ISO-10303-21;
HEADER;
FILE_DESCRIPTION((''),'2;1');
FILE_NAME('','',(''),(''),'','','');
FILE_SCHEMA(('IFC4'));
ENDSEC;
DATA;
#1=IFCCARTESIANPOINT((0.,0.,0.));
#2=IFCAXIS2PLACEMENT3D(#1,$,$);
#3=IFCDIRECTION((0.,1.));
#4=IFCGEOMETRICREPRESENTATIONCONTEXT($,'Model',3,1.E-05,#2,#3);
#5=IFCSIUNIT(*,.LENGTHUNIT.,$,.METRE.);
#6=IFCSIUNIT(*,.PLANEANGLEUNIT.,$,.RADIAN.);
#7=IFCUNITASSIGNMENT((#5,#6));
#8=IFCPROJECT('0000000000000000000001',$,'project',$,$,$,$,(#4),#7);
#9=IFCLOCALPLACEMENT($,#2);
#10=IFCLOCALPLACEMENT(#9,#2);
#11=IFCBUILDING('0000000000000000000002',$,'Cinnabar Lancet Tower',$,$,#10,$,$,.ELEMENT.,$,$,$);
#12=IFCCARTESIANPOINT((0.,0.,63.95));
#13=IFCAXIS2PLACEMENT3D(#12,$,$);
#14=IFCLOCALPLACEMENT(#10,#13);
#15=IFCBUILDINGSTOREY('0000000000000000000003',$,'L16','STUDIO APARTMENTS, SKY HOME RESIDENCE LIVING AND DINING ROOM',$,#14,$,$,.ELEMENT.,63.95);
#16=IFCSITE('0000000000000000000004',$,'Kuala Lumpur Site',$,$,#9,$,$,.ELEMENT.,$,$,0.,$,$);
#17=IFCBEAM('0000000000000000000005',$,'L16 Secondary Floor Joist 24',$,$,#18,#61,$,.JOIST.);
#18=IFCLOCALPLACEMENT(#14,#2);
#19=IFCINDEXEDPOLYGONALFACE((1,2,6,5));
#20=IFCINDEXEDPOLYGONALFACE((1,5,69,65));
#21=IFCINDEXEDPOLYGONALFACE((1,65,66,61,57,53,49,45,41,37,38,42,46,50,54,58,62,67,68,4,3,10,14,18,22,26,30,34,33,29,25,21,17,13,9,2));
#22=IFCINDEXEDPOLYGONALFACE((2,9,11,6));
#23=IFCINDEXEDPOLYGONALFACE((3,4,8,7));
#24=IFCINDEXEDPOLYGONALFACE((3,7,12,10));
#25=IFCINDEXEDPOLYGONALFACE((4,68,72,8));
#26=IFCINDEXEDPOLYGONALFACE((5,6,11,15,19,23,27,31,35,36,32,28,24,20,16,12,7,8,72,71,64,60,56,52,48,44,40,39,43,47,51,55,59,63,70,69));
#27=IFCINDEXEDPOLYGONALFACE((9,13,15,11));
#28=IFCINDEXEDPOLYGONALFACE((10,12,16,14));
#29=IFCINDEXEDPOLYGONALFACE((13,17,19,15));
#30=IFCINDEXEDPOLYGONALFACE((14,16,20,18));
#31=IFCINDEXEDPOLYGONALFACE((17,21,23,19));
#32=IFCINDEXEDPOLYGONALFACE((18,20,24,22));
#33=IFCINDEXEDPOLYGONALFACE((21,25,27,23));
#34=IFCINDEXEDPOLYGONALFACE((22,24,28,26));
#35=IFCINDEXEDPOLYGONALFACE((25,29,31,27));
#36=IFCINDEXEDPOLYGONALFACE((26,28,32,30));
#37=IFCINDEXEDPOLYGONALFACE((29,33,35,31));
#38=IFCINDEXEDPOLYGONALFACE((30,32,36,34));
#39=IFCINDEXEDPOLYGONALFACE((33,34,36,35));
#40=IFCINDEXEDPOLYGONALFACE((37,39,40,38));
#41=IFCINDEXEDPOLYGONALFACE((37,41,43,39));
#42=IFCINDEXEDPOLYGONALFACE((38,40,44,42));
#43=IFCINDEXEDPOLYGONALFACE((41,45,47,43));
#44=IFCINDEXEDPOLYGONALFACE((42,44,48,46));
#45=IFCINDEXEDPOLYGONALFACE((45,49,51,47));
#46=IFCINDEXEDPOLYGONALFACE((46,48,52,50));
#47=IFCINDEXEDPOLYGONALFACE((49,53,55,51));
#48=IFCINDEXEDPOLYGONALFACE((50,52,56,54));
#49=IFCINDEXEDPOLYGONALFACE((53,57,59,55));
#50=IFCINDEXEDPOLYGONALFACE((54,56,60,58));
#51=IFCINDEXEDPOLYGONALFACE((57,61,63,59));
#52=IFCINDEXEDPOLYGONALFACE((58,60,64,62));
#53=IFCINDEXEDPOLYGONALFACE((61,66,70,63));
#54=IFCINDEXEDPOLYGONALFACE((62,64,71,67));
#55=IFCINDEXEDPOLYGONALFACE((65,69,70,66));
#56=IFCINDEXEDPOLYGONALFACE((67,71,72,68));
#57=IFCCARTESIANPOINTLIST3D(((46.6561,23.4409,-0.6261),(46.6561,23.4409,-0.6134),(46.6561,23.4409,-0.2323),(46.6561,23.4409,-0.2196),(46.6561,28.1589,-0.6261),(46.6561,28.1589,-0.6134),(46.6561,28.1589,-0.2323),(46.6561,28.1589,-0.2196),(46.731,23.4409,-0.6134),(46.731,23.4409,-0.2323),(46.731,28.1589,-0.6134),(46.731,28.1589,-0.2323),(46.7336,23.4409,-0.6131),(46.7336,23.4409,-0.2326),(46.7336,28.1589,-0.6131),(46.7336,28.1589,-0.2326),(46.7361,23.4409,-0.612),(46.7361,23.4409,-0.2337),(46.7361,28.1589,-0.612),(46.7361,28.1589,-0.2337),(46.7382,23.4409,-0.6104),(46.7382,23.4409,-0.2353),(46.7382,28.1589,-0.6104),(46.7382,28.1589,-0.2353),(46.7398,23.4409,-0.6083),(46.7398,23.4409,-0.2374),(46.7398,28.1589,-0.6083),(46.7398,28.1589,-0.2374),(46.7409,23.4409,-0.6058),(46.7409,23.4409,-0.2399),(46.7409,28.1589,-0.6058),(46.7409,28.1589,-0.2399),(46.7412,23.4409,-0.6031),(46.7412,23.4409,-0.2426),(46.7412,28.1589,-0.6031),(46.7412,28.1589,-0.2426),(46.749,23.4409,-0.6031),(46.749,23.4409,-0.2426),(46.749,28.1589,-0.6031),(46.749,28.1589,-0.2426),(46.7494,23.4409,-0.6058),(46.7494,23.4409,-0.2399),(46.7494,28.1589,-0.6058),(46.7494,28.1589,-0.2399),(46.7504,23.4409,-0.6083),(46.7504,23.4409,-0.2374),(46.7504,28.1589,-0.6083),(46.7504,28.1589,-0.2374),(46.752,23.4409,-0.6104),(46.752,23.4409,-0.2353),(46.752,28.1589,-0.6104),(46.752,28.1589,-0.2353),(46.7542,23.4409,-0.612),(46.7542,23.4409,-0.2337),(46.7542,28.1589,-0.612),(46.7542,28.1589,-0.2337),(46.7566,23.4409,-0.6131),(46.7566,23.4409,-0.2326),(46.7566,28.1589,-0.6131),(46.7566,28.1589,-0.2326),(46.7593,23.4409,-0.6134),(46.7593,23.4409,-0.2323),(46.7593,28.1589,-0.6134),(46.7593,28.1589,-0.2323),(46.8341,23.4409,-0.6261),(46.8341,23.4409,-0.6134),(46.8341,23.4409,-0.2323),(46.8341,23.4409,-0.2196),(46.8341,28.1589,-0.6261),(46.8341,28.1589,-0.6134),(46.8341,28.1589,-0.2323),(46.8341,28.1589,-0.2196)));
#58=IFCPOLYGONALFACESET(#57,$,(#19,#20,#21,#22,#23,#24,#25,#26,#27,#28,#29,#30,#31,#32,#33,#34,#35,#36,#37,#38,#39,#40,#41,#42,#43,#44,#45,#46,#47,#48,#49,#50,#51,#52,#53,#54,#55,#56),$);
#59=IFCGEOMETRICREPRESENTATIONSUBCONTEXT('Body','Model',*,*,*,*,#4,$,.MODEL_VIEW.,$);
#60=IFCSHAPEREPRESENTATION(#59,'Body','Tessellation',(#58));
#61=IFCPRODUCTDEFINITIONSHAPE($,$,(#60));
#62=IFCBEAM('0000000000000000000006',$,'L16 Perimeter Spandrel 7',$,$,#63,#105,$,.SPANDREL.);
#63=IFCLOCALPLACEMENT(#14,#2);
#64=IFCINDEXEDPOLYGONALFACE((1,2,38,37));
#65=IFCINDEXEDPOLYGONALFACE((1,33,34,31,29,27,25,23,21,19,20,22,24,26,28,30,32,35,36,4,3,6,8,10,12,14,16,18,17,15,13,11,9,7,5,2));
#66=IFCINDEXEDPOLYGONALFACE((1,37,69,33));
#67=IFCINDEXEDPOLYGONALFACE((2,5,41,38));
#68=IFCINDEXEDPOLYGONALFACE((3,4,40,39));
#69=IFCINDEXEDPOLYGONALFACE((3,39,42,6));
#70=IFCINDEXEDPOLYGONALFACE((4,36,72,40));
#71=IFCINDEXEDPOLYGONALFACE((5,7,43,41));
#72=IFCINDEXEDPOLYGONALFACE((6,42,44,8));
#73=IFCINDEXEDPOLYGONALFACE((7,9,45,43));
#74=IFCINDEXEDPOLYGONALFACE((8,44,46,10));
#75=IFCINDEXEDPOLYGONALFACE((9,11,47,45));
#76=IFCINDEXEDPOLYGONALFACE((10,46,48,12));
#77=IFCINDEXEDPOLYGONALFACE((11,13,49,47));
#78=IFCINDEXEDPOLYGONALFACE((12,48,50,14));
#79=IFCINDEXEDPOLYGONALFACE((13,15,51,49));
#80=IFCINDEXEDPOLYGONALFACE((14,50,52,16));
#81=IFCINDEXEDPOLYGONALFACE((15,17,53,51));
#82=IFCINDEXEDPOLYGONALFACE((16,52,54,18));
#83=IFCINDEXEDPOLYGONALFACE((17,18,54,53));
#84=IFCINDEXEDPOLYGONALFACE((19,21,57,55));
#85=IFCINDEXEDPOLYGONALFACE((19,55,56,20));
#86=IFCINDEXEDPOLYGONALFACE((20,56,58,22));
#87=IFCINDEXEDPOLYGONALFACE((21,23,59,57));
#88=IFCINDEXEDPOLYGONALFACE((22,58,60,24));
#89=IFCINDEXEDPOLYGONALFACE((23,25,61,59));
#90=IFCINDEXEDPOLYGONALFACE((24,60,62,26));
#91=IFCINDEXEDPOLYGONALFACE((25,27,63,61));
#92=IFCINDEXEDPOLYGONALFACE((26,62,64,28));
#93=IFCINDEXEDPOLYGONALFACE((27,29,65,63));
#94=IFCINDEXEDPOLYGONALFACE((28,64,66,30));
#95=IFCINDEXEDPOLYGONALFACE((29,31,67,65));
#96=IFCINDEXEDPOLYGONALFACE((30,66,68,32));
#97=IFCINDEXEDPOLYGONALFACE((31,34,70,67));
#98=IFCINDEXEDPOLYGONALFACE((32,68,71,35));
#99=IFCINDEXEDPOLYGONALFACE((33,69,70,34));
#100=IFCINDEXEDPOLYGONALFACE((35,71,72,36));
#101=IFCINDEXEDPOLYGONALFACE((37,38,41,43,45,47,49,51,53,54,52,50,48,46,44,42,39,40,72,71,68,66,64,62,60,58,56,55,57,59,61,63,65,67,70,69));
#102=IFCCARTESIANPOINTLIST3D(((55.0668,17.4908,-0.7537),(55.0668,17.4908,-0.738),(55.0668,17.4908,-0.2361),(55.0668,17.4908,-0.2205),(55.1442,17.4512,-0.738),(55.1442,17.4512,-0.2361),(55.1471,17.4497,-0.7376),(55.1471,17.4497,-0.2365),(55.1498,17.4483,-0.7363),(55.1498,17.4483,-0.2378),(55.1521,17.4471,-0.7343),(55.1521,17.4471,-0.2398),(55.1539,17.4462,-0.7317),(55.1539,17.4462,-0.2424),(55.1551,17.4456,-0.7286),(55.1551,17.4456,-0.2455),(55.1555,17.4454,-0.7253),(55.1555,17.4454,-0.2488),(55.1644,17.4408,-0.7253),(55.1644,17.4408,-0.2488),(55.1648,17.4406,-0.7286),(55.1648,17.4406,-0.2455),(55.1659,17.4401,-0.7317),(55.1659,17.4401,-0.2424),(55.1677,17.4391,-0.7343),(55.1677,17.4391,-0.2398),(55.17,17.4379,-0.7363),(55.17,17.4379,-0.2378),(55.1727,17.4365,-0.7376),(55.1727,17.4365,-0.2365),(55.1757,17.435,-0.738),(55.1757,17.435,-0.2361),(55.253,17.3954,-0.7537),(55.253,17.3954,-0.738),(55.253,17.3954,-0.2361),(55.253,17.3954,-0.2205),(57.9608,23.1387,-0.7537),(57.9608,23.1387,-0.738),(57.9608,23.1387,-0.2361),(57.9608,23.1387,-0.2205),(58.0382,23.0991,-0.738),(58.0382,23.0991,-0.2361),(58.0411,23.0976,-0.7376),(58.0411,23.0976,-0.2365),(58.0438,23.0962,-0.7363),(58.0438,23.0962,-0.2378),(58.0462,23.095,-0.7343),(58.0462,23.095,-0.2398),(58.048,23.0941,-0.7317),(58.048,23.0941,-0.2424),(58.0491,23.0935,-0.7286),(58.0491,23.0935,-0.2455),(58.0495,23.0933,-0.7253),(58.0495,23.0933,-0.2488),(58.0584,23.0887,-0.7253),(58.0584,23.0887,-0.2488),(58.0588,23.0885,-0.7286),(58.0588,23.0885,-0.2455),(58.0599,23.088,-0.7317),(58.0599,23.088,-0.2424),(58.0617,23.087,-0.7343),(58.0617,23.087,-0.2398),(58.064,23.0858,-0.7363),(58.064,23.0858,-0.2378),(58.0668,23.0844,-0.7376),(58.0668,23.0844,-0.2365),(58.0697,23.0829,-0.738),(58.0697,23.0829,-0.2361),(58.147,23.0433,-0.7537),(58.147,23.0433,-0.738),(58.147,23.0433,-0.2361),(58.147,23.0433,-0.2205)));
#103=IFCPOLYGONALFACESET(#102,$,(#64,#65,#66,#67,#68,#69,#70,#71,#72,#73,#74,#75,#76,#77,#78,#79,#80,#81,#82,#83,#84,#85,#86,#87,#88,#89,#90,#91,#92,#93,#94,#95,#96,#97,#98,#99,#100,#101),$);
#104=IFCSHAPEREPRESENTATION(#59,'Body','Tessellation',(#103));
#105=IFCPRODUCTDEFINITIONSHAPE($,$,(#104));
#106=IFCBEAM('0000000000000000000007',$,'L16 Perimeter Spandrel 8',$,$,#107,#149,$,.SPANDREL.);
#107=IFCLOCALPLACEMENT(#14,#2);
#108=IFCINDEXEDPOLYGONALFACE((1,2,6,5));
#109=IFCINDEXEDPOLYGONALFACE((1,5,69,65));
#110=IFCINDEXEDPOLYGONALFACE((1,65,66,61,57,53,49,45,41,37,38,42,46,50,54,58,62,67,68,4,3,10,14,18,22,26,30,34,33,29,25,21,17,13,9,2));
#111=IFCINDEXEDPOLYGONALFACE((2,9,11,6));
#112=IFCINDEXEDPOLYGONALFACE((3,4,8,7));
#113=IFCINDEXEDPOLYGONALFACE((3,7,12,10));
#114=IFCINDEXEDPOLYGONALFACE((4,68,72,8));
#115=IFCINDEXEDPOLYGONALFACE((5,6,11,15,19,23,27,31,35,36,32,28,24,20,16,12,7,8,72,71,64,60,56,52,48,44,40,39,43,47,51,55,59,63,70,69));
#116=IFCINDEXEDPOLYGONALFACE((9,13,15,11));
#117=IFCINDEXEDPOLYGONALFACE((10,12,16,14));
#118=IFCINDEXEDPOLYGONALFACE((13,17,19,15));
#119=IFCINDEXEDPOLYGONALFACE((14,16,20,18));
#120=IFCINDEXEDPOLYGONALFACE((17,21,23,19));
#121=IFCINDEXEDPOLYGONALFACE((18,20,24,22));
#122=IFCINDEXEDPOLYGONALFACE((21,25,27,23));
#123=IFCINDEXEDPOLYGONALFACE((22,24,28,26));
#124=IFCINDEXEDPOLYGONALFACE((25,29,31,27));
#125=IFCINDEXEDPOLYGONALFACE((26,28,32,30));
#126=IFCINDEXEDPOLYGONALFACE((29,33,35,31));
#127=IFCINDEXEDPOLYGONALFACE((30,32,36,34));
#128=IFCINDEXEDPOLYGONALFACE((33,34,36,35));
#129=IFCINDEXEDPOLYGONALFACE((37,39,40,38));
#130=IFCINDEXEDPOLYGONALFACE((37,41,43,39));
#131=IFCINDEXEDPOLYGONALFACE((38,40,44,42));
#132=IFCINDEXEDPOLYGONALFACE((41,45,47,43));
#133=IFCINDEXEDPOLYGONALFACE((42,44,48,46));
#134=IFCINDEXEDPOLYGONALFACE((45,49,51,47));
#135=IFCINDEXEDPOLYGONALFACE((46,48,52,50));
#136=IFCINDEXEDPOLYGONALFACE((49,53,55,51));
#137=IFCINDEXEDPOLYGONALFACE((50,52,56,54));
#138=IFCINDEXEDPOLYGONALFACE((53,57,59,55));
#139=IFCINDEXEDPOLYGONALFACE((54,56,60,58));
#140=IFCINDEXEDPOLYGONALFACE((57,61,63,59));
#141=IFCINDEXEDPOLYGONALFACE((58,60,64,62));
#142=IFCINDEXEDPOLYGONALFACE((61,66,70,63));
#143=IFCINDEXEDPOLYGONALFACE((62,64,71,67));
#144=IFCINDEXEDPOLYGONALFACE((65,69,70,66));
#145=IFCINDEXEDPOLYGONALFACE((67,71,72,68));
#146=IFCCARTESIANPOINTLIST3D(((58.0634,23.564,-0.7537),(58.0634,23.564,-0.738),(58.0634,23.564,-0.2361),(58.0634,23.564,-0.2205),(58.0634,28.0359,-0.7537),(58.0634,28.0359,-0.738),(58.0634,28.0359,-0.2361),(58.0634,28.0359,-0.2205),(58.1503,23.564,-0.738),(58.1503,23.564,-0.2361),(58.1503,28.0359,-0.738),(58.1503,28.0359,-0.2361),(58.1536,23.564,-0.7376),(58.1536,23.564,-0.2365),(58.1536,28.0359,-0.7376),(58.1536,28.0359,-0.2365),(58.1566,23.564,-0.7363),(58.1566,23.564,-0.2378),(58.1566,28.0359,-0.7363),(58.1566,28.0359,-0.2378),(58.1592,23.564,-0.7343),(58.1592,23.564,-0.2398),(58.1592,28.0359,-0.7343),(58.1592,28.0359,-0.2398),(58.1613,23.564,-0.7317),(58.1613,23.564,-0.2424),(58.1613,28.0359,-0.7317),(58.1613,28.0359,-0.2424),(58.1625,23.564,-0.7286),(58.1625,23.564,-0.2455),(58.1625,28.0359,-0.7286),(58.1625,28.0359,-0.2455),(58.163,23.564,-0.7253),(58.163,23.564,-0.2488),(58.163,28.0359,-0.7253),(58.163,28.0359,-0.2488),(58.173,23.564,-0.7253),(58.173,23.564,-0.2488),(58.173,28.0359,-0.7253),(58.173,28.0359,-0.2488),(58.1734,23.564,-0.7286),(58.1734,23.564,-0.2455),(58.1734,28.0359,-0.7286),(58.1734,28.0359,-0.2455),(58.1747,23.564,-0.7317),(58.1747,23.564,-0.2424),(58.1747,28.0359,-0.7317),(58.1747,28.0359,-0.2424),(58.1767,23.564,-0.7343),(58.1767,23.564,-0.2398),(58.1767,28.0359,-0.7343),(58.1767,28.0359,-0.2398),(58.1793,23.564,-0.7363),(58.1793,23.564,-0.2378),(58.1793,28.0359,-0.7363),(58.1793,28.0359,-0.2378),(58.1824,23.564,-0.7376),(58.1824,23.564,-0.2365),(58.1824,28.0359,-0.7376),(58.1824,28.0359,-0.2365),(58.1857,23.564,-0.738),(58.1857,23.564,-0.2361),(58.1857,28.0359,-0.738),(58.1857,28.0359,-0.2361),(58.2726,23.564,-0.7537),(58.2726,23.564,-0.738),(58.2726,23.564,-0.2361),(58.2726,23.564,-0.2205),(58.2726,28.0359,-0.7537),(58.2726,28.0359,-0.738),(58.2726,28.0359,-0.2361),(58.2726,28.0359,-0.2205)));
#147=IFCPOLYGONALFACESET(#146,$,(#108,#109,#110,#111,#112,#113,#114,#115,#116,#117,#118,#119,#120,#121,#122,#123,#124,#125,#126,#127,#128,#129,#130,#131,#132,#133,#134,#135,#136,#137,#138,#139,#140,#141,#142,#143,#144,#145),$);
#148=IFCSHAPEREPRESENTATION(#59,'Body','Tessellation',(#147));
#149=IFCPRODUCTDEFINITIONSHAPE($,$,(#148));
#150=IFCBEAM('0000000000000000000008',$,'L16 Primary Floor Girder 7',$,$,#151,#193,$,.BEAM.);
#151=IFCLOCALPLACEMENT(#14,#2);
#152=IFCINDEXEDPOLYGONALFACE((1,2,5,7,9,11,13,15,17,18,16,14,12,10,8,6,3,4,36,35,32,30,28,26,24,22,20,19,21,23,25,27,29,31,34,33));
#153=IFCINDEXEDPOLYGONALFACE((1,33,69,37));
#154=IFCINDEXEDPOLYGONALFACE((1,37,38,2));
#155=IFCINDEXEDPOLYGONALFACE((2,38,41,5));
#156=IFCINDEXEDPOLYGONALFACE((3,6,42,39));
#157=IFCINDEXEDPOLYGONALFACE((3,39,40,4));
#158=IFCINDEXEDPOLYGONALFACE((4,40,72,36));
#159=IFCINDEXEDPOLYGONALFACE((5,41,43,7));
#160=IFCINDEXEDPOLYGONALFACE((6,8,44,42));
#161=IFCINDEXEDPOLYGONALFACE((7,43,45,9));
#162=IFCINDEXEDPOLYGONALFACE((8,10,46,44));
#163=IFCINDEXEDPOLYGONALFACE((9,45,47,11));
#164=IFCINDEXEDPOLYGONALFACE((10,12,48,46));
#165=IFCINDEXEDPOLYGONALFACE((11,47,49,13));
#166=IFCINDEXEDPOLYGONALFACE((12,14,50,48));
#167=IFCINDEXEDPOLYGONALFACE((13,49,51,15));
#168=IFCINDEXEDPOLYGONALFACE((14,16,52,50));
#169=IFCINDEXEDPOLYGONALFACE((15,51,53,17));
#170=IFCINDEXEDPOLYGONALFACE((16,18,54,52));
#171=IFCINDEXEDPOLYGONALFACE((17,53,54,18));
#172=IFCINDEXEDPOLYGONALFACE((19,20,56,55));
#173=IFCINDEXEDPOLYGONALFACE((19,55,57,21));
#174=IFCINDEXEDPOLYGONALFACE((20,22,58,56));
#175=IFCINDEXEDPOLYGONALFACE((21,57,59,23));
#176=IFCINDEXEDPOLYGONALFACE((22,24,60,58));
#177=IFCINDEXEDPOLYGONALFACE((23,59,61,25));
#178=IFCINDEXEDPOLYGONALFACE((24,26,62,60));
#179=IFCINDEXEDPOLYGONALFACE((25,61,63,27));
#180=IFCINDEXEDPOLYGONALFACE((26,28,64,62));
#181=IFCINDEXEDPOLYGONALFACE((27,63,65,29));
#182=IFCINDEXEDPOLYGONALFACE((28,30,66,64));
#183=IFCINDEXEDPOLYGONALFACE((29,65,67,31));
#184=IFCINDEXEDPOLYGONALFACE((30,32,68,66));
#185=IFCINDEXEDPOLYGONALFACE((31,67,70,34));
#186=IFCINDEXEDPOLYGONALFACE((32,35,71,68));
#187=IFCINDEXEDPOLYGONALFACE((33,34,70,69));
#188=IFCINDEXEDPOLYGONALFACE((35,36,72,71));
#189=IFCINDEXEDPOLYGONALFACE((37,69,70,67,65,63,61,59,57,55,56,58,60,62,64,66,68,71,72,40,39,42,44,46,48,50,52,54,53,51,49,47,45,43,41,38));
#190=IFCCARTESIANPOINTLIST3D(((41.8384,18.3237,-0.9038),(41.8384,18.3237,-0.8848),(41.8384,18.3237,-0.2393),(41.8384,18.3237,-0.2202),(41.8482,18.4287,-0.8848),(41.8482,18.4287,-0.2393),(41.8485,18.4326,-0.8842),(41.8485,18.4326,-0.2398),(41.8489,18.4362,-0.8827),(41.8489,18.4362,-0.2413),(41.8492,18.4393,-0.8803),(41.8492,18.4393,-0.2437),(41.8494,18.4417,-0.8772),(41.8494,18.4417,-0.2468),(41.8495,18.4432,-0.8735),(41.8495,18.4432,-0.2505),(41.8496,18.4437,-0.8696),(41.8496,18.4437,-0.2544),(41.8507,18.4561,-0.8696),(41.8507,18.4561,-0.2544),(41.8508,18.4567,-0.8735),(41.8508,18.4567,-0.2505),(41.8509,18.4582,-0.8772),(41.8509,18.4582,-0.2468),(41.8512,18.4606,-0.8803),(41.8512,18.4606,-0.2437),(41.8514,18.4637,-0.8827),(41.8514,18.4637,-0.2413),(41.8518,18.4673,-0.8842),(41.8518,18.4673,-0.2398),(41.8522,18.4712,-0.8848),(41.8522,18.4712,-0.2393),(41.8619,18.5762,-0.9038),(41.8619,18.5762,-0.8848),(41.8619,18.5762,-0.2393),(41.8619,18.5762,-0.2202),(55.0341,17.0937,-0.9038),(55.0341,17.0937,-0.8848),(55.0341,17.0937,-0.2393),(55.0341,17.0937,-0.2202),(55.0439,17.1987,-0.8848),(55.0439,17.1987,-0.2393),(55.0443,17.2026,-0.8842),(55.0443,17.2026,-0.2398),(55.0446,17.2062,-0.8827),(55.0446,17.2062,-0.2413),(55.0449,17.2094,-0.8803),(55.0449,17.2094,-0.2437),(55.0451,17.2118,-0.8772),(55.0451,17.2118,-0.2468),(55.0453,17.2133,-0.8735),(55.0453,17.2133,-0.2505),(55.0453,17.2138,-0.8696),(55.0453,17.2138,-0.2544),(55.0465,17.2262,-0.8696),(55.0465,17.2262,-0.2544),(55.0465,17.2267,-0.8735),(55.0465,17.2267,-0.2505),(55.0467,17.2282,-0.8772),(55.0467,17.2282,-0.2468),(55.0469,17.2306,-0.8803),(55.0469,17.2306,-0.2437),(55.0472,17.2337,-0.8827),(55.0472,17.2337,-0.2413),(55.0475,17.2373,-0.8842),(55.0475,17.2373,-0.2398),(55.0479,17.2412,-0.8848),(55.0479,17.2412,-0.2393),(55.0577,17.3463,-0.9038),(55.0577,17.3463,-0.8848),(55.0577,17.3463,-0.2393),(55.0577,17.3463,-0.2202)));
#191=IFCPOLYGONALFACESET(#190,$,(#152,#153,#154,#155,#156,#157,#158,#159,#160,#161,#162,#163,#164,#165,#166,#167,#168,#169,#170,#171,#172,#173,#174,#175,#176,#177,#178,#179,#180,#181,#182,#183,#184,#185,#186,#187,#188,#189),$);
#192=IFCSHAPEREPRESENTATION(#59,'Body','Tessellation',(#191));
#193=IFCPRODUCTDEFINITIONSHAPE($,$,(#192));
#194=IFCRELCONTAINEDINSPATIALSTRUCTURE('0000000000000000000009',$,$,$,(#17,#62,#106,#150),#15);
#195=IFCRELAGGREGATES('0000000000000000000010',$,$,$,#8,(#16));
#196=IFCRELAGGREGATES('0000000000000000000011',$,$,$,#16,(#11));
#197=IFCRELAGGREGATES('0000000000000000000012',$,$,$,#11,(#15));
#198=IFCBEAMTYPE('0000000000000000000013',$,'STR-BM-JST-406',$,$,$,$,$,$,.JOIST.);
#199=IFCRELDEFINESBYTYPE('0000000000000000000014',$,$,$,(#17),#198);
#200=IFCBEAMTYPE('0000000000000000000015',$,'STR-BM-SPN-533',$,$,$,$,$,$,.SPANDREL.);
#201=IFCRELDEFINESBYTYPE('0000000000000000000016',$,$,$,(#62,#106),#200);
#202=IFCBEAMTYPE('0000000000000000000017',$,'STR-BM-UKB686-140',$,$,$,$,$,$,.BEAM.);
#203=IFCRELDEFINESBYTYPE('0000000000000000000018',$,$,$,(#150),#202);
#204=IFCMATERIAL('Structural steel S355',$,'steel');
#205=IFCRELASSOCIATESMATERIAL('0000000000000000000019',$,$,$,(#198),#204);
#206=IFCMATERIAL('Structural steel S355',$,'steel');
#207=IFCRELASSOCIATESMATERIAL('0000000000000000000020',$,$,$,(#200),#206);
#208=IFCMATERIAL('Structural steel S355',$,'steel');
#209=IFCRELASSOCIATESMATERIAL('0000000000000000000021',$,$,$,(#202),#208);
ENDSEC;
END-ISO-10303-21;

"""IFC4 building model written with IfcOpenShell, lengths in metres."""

from ifc_helpers import new_model, si_unit, direction, frame, origin, origin_2d, place, context, subcontext, project, spatial, i_section, extrude, material, material_profile, profile_set, type_object, element, save


model = new_model("IFC4")

# Units and contexts
model_context = context("Model", 3, precision=1e-05, world=origin(), true_north=direction((0.0, 1.0)))
body_context = subcontext(model_context, "Body", "Model", "MODEL_VIEW")
ifc_project = project(units=[si_unit("LENGTHUNIT", "METRE"), si_unit("PLANEANGLEUNIT", "RADIAN")], contexts=[model_context])

# Site, building, storey
site_placement = place(None, origin())
site = spatial("IfcSite", under=ifc_project, at=site_placement, Name="Kuala Lumpur Site", CompositionType="ELEMENT", RefElevation=0.0)
building_placement = place(site_placement, origin())
building = spatial("IfcBuilding", under=site, at=building_placement, Name="Cinnabar Lancet Tower", CompositionType="ELEMENT")
storey_placement = place(building_placement, frame((0.0, 0.0, 63.95)))
storey = spatial("IfcBuildingStorey", under=building, at=storey_placement, Name="L16", Description="STUDIO APARTMENTS, SKY HOME RESIDENCE LIVING AND DINING ROOM", CompositionType="ELEMENT", Elevation=63.95)

# Beams
ifc_material_1 = material(Name="Structural steel S355", Category="steel")
ifc_material_profile_1 = material_profile(ifc_material_1, i_section(OverallWidth=0.178, OverallDepth=0.4065, WebThickness=0.0078, FlangeThickness=0.0127, FilletRadius=0.0103, at=origin_2d()), Name="UKB 406x178x60")
ifc_profile_set_1 = profile_set([ifc_material_profile_1], Name="Structural steel S355")
beam_type_1 = type_object("IfcBeamType", Name="STR-BM-JST-406", PredefinedType="JOIST", material=ifc_profile_set_1)
for number, where, z_axis, x_axis, name in (
    (1, (46.7451, 23.4409, -0.4229), (0.0, 1.0, 0.0), (-1.0, 0.0, 0.0), "L16 Secondary Floor Joist 24"),
):
    element("IfcBeam", number, at=place(storey_placement, frame(where, z_axis=z_axis, x_axis=x_axis)), inside=storey, type_object=beam_type_1, Name=name, PredefinedType="JOIST", context=body_context, shape_type="SweptSolid", body=[
        extrude(i_section(OverallWidth=0.178, OverallDepth=0.4065, WebThickness=0.0078, FlangeThickness=0.0127, FilletRadius=0.0103, at=origin_2d()), origin(), (0.0, 0.0, 1.0), 4.718),
    ])
ifc_material_2 = material(Name="Structural steel S355", Category="steel")
ifc_material_profile_2 = material_profile(ifc_material_2, i_section(OverallWidth=0.2092, OverallDepth=0.5332, WebThickness=0.01, FlangeThickness=0.0156, FilletRadius=0.0127, at=origin_2d()), Name="UKB 533x210x92")
ifc_profile_set_2 = profile_set([ifc_material_profile_2], Name="Structural steel S355")
beam_type_2 = type_object("IfcBeamType", Name="STR-BM-SPN-533", PredefinedType="SPANDREL", material=ifc_profile_set_2)
beam_1_placement = place(storey_placement, frame((55.1599, 17.4431, -0.4871), z_axis=(0.456025, 0.889967, 0.0), x_axis=(-0.889967, 0.456025, 0.0)))
element("IfcBeam", 2, at=beam_1_placement, inside=storey, type_object=beam_type_2, Name="L16 Perimeter Spandrel 7", PredefinedType="SPANDREL", context=body_context, shape_type="SweptSolid", body=[
    extrude(i_section(OverallWidth=0.2092, OverallDepth=0.5332, WebThickness=0.01, FlangeThickness=0.0156, FilletRadius=0.0127, at=origin_2d()), origin(), (0.0, 0.0, 1.0), 6.3462),
])
beam_2_placement = place(storey_placement, frame((58.168, 23.564, -0.4871), z_axis=(0.0, 1.0, 0.0), x_axis=(-1.0, 0.0, 0.0)))
element("IfcBeam", 3, at=beam_2_placement, inside=storey, type_object=beam_type_2, Name="L16 Perimeter Spandrel 8", PredefinedType="SPANDREL", context=body_context, shape_type="SweptSolid", body=[
    extrude(i_section(OverallWidth=0.2092, OverallDepth=0.5332, WebThickness=0.01, FlangeThickness=0.0156, FilletRadius=0.0127, at=origin_2d()), origin(), (0.0, 0.0, 1.0), 4.4719),
])
ifc_material_3 = material(Name="Structural steel S355", Category="steel")
ifc_material_profile_3 = material_profile(ifc_material_3, i_section(OverallWidth=0.2537, OverallDepth=0.6836, WebThickness=0.0125, FlangeThickness=0.019, FilletRadius=0.0151, at=origin_2d()), Name="UKB 686x254x140")
ifc_profile_set_3 = profile_set([ifc_material_profile_3], Name="Structural steel S355")
beam_type_3 = type_object("IfcBeamType", Name="STR-BM-UKB686-140", PredefinedType="BEAM", material=ifc_profile_set_3)
beam_3_placement = place(storey_placement, frame((55.0459, 17.22, -0.562), z_axis=(-0.995684, 0.092808, 0.0), x_axis=(-0.092808, -0.995684, 0.0)))
element("IfcBeam", 4, at=beam_3_placement, inside=storey, type_object=beam_type_3, Name="L16 Primary Floor Girder 7", PredefinedType="BEAM", context=body_context, shape_type="SweptSolid", body=[
    extrude(i_section(OverallWidth=0.2537, OverallDepth=0.6836, WebThickness=0.0125, FlangeThickness=0.019, FilletRadius=0.0151, at=origin_2d()), origin(), (0.0, 0.0, 1.0), 13.2529),
])

save(model, "model.ifc")
